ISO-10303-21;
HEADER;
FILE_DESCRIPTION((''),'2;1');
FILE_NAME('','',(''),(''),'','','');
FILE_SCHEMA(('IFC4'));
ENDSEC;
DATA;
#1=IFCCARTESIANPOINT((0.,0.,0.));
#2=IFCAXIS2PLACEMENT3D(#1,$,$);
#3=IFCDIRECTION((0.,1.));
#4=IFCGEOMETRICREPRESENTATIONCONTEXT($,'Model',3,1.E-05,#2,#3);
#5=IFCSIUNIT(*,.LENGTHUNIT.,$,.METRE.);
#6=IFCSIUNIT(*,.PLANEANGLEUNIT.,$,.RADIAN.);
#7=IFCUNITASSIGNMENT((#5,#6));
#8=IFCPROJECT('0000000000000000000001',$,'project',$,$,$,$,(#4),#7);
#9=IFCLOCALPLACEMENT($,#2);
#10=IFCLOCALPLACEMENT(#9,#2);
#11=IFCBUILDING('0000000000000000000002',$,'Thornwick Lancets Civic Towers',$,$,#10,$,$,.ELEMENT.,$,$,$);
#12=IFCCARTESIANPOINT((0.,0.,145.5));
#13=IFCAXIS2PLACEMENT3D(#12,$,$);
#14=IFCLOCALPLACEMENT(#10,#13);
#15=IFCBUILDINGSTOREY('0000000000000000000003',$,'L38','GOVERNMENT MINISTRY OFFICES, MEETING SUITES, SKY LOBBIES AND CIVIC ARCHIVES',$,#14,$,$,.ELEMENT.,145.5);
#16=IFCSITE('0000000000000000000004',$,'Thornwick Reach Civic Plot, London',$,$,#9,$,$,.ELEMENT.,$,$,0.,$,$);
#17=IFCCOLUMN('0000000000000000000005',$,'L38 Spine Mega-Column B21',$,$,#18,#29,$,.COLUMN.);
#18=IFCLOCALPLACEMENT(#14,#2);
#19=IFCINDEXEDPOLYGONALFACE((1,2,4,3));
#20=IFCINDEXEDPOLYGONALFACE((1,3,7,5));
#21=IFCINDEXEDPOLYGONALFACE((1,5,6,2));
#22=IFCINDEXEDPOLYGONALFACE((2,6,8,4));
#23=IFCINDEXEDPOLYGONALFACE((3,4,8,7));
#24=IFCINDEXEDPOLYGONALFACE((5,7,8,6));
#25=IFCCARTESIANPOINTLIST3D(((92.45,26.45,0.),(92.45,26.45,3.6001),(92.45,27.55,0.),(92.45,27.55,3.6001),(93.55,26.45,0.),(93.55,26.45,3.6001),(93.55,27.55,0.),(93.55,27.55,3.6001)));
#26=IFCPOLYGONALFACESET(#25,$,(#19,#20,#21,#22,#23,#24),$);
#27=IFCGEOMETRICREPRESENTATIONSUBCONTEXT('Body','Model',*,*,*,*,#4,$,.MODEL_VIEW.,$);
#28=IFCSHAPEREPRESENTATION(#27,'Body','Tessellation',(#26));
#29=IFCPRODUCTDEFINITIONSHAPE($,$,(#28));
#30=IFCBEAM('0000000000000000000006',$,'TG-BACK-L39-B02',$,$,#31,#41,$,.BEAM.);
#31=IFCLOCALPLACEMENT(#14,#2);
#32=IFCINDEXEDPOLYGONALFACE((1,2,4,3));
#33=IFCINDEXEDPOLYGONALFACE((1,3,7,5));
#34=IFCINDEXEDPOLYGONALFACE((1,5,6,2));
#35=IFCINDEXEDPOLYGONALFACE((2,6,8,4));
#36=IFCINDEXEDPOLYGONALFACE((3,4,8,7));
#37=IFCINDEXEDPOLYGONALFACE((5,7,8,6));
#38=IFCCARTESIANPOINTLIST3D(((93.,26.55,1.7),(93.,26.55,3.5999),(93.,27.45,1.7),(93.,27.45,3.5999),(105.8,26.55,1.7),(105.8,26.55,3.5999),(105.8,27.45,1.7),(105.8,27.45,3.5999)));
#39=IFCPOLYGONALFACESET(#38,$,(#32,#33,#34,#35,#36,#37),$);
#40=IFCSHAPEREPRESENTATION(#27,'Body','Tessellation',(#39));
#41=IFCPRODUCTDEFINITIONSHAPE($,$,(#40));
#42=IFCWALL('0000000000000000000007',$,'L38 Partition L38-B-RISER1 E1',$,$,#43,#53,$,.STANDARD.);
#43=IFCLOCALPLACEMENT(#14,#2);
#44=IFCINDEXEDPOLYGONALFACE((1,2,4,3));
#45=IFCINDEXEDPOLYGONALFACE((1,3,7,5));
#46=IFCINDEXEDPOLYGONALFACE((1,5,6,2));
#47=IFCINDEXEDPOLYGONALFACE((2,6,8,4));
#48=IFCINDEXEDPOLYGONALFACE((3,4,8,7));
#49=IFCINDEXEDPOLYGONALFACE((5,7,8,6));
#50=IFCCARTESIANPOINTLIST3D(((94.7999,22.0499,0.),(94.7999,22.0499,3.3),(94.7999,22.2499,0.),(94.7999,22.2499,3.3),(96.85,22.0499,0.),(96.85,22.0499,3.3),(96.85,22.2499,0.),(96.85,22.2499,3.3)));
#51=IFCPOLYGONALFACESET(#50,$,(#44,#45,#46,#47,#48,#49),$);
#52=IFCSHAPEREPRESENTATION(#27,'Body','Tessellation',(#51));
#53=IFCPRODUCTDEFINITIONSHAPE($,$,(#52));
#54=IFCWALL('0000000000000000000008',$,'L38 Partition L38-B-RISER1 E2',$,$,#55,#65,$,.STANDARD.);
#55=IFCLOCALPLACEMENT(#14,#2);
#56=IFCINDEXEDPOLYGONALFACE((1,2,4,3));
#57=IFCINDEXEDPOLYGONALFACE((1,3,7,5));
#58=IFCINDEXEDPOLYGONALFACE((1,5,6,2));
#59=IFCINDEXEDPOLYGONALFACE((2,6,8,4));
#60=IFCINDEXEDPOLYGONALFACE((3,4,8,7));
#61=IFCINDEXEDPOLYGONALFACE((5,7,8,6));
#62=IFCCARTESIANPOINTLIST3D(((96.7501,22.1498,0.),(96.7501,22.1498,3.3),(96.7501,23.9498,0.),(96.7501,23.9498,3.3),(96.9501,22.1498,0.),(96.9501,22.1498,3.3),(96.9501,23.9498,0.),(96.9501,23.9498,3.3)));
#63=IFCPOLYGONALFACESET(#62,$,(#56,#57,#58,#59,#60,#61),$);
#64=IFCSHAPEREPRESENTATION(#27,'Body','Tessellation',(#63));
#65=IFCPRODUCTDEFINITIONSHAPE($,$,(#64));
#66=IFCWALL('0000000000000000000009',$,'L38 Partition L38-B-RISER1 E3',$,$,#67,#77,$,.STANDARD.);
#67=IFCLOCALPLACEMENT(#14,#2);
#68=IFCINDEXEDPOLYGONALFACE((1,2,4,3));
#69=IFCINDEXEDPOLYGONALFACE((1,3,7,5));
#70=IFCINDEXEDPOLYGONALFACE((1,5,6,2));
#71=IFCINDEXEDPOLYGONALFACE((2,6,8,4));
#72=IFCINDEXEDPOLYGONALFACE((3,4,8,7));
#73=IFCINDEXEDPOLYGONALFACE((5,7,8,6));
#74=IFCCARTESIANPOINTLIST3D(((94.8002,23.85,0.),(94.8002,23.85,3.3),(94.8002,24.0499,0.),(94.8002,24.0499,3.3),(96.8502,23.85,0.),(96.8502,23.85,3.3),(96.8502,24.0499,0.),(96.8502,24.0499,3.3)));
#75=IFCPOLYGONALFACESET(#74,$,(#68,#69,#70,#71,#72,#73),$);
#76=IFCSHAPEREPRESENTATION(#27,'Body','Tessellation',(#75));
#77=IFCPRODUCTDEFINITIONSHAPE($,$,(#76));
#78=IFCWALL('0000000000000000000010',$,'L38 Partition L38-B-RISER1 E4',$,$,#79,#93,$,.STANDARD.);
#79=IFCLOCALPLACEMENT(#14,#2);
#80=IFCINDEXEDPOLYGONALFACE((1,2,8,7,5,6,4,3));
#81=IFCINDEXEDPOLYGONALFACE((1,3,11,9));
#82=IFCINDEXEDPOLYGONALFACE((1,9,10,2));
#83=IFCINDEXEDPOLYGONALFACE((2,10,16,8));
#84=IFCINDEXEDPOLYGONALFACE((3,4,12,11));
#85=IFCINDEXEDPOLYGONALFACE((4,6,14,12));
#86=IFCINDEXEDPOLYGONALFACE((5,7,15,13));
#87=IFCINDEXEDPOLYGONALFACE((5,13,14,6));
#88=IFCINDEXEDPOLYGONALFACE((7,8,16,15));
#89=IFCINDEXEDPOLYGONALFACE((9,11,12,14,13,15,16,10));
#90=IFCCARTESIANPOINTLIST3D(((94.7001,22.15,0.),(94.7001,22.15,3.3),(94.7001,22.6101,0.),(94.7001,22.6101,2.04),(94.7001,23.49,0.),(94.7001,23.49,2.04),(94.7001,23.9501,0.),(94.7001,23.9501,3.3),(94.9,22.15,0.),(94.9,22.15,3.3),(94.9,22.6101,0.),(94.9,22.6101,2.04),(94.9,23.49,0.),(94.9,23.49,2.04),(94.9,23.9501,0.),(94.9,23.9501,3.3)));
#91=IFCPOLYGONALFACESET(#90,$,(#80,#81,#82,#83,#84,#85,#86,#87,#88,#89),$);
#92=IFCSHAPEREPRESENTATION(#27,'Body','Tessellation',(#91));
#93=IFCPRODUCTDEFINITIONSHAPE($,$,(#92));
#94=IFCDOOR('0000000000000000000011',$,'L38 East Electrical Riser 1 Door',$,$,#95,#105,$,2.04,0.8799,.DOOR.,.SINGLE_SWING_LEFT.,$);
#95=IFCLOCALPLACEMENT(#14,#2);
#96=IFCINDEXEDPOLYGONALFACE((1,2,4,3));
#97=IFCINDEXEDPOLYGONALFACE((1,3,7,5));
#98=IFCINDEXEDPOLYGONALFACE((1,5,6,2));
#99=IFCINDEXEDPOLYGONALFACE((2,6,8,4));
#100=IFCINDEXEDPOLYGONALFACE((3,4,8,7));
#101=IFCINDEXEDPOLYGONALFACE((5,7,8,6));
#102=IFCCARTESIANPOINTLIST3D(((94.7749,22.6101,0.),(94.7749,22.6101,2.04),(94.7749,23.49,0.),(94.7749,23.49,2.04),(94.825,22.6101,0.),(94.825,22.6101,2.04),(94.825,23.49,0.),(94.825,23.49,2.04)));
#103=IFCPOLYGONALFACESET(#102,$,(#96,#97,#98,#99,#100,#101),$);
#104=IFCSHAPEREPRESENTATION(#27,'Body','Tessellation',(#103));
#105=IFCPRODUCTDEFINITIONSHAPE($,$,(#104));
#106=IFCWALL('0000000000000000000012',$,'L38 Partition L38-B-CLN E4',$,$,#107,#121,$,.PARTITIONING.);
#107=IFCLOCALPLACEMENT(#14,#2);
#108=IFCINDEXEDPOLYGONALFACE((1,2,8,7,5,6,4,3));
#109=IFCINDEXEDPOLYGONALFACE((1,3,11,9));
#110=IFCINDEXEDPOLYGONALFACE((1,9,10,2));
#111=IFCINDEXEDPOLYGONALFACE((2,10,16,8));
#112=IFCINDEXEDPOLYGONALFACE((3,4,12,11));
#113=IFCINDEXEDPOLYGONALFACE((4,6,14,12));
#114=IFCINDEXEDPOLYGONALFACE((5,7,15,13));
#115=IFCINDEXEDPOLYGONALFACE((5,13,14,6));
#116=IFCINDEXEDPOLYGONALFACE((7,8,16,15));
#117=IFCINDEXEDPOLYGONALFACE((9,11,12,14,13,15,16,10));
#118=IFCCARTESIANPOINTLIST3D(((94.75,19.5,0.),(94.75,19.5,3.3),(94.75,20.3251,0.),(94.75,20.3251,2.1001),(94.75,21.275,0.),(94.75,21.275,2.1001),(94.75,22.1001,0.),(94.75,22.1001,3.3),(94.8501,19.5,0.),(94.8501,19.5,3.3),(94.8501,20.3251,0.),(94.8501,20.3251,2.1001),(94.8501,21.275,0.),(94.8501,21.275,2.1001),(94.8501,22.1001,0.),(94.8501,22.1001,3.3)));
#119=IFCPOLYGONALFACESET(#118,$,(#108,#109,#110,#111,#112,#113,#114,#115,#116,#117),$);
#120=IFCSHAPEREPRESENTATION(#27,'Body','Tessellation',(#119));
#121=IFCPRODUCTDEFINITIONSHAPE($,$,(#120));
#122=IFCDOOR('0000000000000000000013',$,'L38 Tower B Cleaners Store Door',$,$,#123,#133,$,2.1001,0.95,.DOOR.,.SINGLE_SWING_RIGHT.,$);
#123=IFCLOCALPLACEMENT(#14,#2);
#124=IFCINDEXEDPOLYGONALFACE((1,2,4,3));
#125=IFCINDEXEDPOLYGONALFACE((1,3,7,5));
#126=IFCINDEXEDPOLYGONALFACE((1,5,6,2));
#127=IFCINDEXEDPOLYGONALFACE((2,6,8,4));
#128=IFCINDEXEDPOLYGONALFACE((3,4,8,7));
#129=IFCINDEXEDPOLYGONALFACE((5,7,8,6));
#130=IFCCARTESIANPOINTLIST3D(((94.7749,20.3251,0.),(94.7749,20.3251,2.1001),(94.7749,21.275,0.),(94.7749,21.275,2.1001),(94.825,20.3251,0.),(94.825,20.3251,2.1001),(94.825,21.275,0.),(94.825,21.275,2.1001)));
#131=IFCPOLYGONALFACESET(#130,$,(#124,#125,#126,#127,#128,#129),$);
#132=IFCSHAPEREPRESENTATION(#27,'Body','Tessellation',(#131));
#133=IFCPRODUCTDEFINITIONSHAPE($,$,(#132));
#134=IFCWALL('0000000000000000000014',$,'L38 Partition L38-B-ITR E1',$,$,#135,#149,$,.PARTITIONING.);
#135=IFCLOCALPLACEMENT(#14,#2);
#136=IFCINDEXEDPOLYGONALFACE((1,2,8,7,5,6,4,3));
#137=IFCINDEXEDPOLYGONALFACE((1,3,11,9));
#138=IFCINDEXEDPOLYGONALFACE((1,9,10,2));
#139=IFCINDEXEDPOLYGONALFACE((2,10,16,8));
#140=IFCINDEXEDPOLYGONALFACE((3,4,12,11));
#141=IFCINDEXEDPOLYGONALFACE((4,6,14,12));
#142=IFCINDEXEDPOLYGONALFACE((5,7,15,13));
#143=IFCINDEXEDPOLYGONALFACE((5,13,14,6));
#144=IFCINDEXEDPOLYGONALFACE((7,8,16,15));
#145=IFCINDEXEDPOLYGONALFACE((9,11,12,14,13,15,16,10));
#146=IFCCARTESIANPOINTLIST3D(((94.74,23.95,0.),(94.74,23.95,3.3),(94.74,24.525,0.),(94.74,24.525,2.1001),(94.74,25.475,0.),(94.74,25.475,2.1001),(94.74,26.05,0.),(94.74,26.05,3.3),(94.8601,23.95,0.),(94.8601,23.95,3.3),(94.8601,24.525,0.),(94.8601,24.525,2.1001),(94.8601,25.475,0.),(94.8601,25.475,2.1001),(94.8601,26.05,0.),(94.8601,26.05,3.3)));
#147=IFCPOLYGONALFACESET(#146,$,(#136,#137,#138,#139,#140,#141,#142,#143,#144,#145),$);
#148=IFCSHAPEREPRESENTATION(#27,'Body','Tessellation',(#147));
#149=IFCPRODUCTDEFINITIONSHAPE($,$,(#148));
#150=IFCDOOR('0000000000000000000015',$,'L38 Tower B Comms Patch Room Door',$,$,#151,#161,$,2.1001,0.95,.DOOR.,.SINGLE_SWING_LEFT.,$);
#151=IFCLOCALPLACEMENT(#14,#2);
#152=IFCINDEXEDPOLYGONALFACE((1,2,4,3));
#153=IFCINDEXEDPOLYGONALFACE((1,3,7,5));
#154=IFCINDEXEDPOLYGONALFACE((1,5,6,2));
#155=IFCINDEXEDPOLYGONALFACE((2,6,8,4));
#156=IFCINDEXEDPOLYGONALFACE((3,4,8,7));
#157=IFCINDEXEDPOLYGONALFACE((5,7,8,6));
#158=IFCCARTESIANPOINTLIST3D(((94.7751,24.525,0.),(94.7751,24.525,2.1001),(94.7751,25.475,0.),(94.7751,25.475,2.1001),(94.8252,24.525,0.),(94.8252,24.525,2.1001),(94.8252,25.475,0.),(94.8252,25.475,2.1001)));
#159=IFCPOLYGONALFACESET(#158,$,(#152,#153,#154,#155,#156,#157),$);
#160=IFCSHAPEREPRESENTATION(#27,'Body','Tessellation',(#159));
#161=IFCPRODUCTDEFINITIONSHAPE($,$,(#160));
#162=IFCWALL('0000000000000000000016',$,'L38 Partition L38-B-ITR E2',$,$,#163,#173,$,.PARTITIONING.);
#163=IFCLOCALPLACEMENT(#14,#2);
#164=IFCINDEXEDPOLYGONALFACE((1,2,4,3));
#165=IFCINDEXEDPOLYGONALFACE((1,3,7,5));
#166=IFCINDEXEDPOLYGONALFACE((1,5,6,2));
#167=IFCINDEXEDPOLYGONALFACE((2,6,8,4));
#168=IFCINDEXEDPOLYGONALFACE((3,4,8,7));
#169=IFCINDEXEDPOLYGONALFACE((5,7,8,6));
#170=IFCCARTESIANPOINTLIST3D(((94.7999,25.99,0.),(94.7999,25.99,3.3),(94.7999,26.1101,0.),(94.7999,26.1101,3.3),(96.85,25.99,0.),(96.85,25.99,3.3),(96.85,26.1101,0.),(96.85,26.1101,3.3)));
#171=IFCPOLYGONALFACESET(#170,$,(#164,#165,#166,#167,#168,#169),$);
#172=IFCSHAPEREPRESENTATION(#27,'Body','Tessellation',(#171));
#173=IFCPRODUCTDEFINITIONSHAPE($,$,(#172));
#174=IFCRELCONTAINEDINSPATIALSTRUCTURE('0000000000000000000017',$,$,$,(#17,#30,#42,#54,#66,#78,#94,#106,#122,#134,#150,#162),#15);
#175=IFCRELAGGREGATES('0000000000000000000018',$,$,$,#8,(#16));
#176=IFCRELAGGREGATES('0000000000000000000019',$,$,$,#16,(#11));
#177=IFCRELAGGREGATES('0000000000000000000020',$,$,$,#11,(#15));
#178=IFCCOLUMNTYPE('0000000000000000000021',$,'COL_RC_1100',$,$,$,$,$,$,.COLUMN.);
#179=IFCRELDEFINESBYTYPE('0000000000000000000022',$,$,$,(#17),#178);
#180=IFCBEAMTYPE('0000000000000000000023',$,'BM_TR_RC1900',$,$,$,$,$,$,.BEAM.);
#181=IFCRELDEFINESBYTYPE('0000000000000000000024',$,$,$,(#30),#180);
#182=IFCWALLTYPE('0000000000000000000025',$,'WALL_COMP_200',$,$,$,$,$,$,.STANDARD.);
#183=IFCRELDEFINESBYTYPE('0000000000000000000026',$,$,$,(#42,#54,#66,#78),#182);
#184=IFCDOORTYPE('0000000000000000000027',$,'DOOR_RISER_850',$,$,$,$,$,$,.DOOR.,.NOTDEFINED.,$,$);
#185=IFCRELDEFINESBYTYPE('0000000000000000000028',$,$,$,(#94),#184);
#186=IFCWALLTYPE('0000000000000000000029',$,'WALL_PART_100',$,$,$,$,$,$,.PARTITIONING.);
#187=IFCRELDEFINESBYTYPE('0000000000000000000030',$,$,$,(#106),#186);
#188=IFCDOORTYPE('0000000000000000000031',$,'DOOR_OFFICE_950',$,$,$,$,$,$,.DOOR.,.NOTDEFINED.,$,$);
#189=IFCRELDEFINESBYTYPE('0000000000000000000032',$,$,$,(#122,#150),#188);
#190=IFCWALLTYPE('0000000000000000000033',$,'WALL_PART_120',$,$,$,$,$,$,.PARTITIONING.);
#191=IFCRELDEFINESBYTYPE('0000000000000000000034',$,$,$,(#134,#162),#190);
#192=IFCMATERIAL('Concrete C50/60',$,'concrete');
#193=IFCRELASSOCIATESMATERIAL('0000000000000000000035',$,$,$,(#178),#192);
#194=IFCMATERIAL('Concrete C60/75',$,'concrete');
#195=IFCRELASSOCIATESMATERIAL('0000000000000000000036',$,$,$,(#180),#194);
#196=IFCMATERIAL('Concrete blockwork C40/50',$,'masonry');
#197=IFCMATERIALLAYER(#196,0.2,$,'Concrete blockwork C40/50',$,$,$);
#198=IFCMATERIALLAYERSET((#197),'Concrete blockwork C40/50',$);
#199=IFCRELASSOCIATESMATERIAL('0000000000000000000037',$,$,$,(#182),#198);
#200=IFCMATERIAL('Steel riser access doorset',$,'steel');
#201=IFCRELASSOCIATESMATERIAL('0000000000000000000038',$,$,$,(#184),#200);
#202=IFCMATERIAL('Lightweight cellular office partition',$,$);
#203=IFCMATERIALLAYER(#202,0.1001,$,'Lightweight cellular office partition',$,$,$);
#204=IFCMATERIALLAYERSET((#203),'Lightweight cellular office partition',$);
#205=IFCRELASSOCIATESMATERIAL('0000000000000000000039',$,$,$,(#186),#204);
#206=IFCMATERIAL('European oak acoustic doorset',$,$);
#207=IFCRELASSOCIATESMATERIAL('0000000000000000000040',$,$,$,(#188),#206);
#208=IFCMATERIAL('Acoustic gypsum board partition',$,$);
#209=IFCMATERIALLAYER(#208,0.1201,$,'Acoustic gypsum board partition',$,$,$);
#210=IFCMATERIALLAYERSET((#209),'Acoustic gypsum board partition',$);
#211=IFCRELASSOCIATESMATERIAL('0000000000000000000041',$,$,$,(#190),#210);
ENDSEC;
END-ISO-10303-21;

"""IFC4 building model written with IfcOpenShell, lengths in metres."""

from ifc_helpers import new_model, si_unit, direction, frame, frame_2d, origin, origin_2d, place, context, subcontext, project, spatial, rectangle, extrude, material, layer, layer_set, material_profile, profile_set, type_object, element, fill, save


model = new_model("IFC4")

# Units and contexts
model_context = context("Model", 3, precision=1e-05, world=origin(), true_north=direction((0.0, 1.0)))
body_context = subcontext(model_context, "Body", "Model", "MODEL_VIEW")
ifc_project = project(units=[si_unit("LENGTHUNIT", "METRE"), si_unit("PLANEANGLEUNIT", "RADIAN")], contexts=[model_context])

# Site, building, storey
site_placement = place(None, origin())
site = spatial("IfcSite", under=ifc_project, at=site_placement, Name="Thornwick Reach Civic Plot, London", CompositionType="ELEMENT", RefElevation=0.0)
building_placement = place(site_placement, origin())
building = spatial("IfcBuilding", under=site, at=building_placement, Name="Thornwick Lancets Civic Towers", CompositionType="ELEMENT")
storey_placement = place(building_placement, frame((0.0, 0.0, 145.5)))
storey = spatial("IfcBuildingStorey", under=building, at=storey_placement, Name="L38", Description="GOVERNMENT MINISTRY OFFICES, MEETING SUITES, SKY LOBBIES AND CIVIC ARCHIVES", CompositionType="ELEMENT", Elevation=145.5)

# Column
ifc_material_1 = material(Name="Concrete C50/60", Category="concrete")
ifc_material_profile_1 = material_profile(ifc_material_1, rectangle(XDim=1.1001, YDim=1.1001, at=origin_2d()), Name="RC 1100x1100")
ifc_profile_set_1 = profile_set([ifc_material_profile_1], Name="Concrete C50/60")
column_type = type_object("IfcColumnType", Name="COL_RC_1100", PredefinedType="COLUMN", material=ifc_profile_set_1)
column_placement = place(storey_placement, frame((93.0, 27.0, 0.0), z_axis=(0.0, 0.0, 1.0), x_axis=(1.0, 0.0, 0.0)))
element("IfcColumn", 1, at=column_placement, inside=storey, type_object=column_type, Name="L38 Spine Mega-Column B21", PredefinedType="COLUMN", context=body_context, shape_type="SweptSolid", body=[
    extrude(rectangle(XDim=1.1001, YDim=1.1001, at=origin_2d()), origin(), (0.0, 0.0, 1.0), 3.6001),
])

# Beam
ifc_material_2 = material(Name="Concrete C60/75", Category="concrete")
ifc_material_profile_2 = material_profile(ifc_material_2, rectangle(XDim=0.8999, YDim=1.8999, at=origin_2d()), Name="RC 900x1900")
ifc_profile_set_2 = profile_set([ifc_material_profile_2], Name="Concrete C60/75")
beam_type = type_object("IfcBeamType", Name="BM_TR_RC1900", PredefinedType="BEAM", material=ifc_profile_set_2)
beam_placement = place(storey_placement, frame((93.0, 27.0, 2.6499), z_axis=(1.0, 0.0, 0.0), x_axis=(0.0, 1.0, 0.0)))
element("IfcBeam", 2, at=beam_placement, inside=storey, type_object=beam_type, Name="TG-BACK-L39-B02", PredefinedType="BEAM", context=body_context, shape_type="SweptSolid", body=[
    extrude(rectangle(XDim=0.8999, YDim=1.8999, at=origin_2d()), origin(), (0.0, 0.0, 1.0), 12.8),
])

# Walls
ifc_material_3 = material(Name="Concrete blockwork C40/50", Category="masonry")
ifc_layer_1 = layer(ifc_material_3, 0.2, Name="Concrete blockwork C40/50")
ifc_layer_set_1 = layer_set([ifc_layer_1], Name="Concrete blockwork C40/50")
wall_type_1 = type_object("IfcWallType", Name="WALL_COMP_200", PredefinedType="STANDARD", material=ifc_layer_set_1)
wall_1_placement = place(storey_placement, frame((94.8, 22.1499, 0.0), z_axis=(0.0, 0.0, 1.0), x_axis=(1.0, 0.0, 0.0)))
element("IfcWall", 3, at=wall_1_placement, inside=storey, type_object=wall_type_1, Name="L38 Partition L38-B-RISER1 E1", PredefinedType="STANDARD", context=body_context, shape_type="SweptSolid", body=[
    extrude(rectangle(XDim=2.05, YDim=0.2, at=frame_2d((1.0249, 0.0))), origin(), (0.0, 0.0, 1.0), 3.3),
])
wall_2_placement = place(storey_placement, frame((96.8501, 22.1499, 0.0), z_axis=(0.0, 0.0, 1.0), x_axis=(0.0, 1.0, 0.0)))
element("IfcWall", 4, at=wall_2_placement, inside=storey, type_object=wall_type_1, Name="L38 Partition L38-B-RISER1 E2", PredefinedType="STANDARD", context=body_context, shape_type="SweptSolid", body=[
    extrude(rectangle(XDim=1.8, YDim=0.2, at=frame_2d((0.8999, 0.0))), origin(), (0.0, 0.0, 1.0), 3.3),
])
wall_3_placement = place(storey_placement, frame((96.8501, 23.95, 0.0), z_axis=(0.0, 0.0, 1.0), x_axis=(-1.0, 0.0, 0.0)))
element("IfcWall", 5, at=wall_3_placement, inside=storey, type_object=wall_type_1, Name="L38 Partition L38-B-RISER1 E3", PredefinedType="STANDARD", context=body_context, shape_type="SweptSolid", body=[
    extrude(rectangle(XDim=2.05, YDim=0.2, at=frame_2d((1.0249, 0.0))), origin(), (0.0, 0.0, 1.0), 3.3),
])

# Walls, openings, doors
wall_4_placement = place(storey_placement, frame((94.8, 23.95, 0.0), z_axis=(0.0, 0.0, 1.0), x_axis=(0.0, -1.0, 0.0)))
wall_4 = element("IfcWall", 6, at=wall_4_placement, inside=storey, type_object=wall_type_1, Name="L38 Partition L38-B-RISER1 E4", PredefinedType="STANDARD", context=body_context, shape_type="SweptSolid", body=[
    extrude(rectangle(XDim=1.8, YDim=0.2, at=frame_2d((0.8999, 0.0))), origin(), (0.0, 0.0, 1.0), 3.3),
])
opening_1_placement = place(wall_4_placement, frame((0.46, 0.0, 0.0)))
opening_1 = element("IfcOpeningElement", 7, at=opening_1_placement, cuts=wall_4, PredefinedType="OPENING", context=body_context, shape_type="SweptSolid", body=[
    extrude(rectangle(XDim=0.8799, YDim=2.04, at=frame_2d((0.4399, 1.02))), frame((0.0, 0.1099, 0.0), z_axis=(0.0, -1.0, 0.0), x_axis=(1.0, 0.0, 0.0)), (0.0, 0.0, 1.0), 0.22),
])
ifc_material_4 = material(Name="Steel riser access doorset", Category="steel")
door_type_1 = type_object("IfcDoorType", Name="DOOR_RISER_850", OperationType="NOTDEFINED", PredefinedType="DOOR", material=ifc_material_4)
door_1_placement = place(opening_1_placement, origin())
door_1 = element("IfcDoor", 8, at=door_1_placement, inside=storey, type_object=door_type_1, Name="L38 East Electrical Riser 1 Door", OperationType="SINGLE_SWING_LEFT", OverallHeight=2.04, OverallWidth=0.8799, PredefinedType="DOOR", context=body_context, shape_type="SweptSolid", body=[
    extrude(rectangle(XDim=0.8799, YDim=2.04, at=frame_2d((0.4399, 1.02))), frame((0.0, 0.0249, 0.0), z_axis=(0.0, -1.0, 0.0), x_axis=(1.0, 0.0, 0.0)), (0.0, 0.0, 1.0), 0.05),
])
fill(opening_1, door_1)
ifc_material_5 = material(Name="Lightweight cellular office partition")
ifc_layer_2 = layer(ifc_material_5, 0.1001, Name="Lightweight cellular office partition")
ifc_layer_set_2 = layer_set([ifc_layer_2], Name="Lightweight cellular office partition")
wall_type_2 = type_object("IfcWallType", Name="WALL_PART_100", PredefinedType="PARTITIONING", material=ifc_layer_set_2)
wall_5_placement = place(storey_placement, frame((94.8, 22.1001, 0.0), z_axis=(0.0, 0.0, 1.0), x_axis=(0.0, -1.0, 0.0)))
wall_5 = element("IfcWall", 9, at=wall_5_placement, inside=storey, type_object=wall_type_2, Name="L38 Partition L38-B-CLN E4", PredefinedType="PARTITIONING", context=body_context, shape_type="SweptSolid", body=[
    extrude(rectangle(XDim=2.6001, YDim=0.1001, at=frame_2d((1.3, 0.0))), origin(), (0.0, 0.0, 1.0), 3.3),
])
opening_2_placement = place(wall_5_placement, frame((0.825, 0.0, 0.0)))
opening_2 = element("IfcOpeningElement", 10, at=opening_2_placement, cuts=wall_5, PredefinedType="OPENING", context=body_context, shape_type="SweptSolid", body=[
    extrude(rectangle(XDim=0.95, YDim=2.1001, at=frame_2d((0.4751, 1.05))), frame((0.0, 0.0601, 0.0), z_axis=(0.0, -1.0, 0.0), x_axis=(1.0, 0.0, 0.0)), (0.0, 0.0, 1.0), 0.1201),
])
ifc_material_6 = material(Name="European oak acoustic doorset")
door_type_2 = type_object("IfcDoorType", Name="DOOR_OFFICE_950", OperationType="NOTDEFINED", PredefinedType="DOOR", material=ifc_material_6)
door_2_placement = place(opening_2_placement, origin())
door_2 = element("IfcDoor", 11, at=door_2_placement, inside=storey, type_object=door_type_2, Name="L38 Tower B Cleaners Store Door", OperationType="SINGLE_SWING_RIGHT", OverallHeight=2.1001, OverallWidth=0.95, PredefinedType="DOOR", context=body_context, shape_type="SweptSolid", body=[
    extrude(rectangle(XDim=0.95, YDim=2.1001, at=frame_2d((0.4751, 1.05))), frame((0.0, 0.0249, 0.0), z_axis=(0.0, -1.0, 0.0), x_axis=(1.0, 0.0, 0.0)), (0.0, 0.0, 1.0), 0.05),
])
fill(opening_2, door_2)
ifc_material_7 = material(Name="Acoustic gypsum board partition")
ifc_layer_3 = layer(ifc_material_7, 0.1201, Name="Acoustic gypsum board partition")
ifc_layer_set_3 = layer_set([ifc_layer_3], Name="Acoustic gypsum board partition")
wall_type_3 = type_object("IfcWallType", Name="WALL_PART_120", PredefinedType="PARTITIONING", material=ifc_layer_set_3)
wall_6_placement = place(storey_placement, frame((94.8, 23.95, 0.0), z_axis=(0.0, 0.0, 1.0), x_axis=(0.0, 1.0, 0.0)))
wall_6 = element("IfcWall", 12, at=wall_6_placement, inside=storey, type_object=wall_type_3, Name="L38 Partition L38-B-ITR E1", PredefinedType="PARTITIONING", context=body_context, shape_type="SweptSolid", body=[
    extrude(rectangle(XDim=2.1001, YDim=0.1201, at=frame_2d((1.05, 0.0))), origin(), (0.0, 0.0, 1.0), 3.3),
])
opening_3_placement = place(wall_6_placement, frame((0.575, 0.0, 0.0)))
opening_3 = element("IfcOpeningElement", 13, at=opening_3_placement, cuts=wall_6, PredefinedType="OPENING", context=body_context, shape_type="SweptSolid", body=[
    extrude(rectangle(XDim=0.95, YDim=2.1001, at=frame_2d((0.4751, 1.05))), frame((0.0, 0.0701, 0.0), z_axis=(0.0, -1.0, 0.0), x_axis=(1.0, 0.0, 0.0)), (0.0, 0.0, 1.0), 0.1401),
])
door_3_placement = place(opening_3_placement, origin())
door_3 = element("IfcDoor", 14, at=door_3_placement, inside=storey, type_object=door_type_2, Name="L38 Tower B Comms Patch Room Door", OperationType="SINGLE_SWING_LEFT", OverallHeight=2.1001, OverallWidth=0.95, PredefinedType="DOOR", context=body_context, shape_type="SweptSolid", body=[
    extrude(rectangle(XDim=0.95, YDim=2.1001, at=frame_2d((0.4751, 1.05))), frame((0.0, 0.0249, 0.0), z_axis=(0.0, -1.0, 0.0), x_axis=(1.0, 0.0, 0.0)), (0.0, 0.0, 1.0), 0.05),
])
fill(opening_3, door_3)

# Wall
wall_7_placement = place(storey_placement, frame((94.8, 26.05, 0.0), z_axis=(0.0, 0.0, 1.0), x_axis=(1.0, 0.0, 0.0)))
element("IfcWall", 15, at=wall_7_placement, inside=storey, type_object=wall_type_3, Name="L38 Partition L38-B-ITR E2", PredefinedType="PARTITIONING", context=body_context, shape_type="SweptSolid", body=[
    extrude(rectangle(XDim=2.05, YDim=0.1201, at=frame_2d((1.0249, 0.0))), origin(), (0.0, 0.0, 1.0), 3.3),
])

save(model, "model.ifc")
